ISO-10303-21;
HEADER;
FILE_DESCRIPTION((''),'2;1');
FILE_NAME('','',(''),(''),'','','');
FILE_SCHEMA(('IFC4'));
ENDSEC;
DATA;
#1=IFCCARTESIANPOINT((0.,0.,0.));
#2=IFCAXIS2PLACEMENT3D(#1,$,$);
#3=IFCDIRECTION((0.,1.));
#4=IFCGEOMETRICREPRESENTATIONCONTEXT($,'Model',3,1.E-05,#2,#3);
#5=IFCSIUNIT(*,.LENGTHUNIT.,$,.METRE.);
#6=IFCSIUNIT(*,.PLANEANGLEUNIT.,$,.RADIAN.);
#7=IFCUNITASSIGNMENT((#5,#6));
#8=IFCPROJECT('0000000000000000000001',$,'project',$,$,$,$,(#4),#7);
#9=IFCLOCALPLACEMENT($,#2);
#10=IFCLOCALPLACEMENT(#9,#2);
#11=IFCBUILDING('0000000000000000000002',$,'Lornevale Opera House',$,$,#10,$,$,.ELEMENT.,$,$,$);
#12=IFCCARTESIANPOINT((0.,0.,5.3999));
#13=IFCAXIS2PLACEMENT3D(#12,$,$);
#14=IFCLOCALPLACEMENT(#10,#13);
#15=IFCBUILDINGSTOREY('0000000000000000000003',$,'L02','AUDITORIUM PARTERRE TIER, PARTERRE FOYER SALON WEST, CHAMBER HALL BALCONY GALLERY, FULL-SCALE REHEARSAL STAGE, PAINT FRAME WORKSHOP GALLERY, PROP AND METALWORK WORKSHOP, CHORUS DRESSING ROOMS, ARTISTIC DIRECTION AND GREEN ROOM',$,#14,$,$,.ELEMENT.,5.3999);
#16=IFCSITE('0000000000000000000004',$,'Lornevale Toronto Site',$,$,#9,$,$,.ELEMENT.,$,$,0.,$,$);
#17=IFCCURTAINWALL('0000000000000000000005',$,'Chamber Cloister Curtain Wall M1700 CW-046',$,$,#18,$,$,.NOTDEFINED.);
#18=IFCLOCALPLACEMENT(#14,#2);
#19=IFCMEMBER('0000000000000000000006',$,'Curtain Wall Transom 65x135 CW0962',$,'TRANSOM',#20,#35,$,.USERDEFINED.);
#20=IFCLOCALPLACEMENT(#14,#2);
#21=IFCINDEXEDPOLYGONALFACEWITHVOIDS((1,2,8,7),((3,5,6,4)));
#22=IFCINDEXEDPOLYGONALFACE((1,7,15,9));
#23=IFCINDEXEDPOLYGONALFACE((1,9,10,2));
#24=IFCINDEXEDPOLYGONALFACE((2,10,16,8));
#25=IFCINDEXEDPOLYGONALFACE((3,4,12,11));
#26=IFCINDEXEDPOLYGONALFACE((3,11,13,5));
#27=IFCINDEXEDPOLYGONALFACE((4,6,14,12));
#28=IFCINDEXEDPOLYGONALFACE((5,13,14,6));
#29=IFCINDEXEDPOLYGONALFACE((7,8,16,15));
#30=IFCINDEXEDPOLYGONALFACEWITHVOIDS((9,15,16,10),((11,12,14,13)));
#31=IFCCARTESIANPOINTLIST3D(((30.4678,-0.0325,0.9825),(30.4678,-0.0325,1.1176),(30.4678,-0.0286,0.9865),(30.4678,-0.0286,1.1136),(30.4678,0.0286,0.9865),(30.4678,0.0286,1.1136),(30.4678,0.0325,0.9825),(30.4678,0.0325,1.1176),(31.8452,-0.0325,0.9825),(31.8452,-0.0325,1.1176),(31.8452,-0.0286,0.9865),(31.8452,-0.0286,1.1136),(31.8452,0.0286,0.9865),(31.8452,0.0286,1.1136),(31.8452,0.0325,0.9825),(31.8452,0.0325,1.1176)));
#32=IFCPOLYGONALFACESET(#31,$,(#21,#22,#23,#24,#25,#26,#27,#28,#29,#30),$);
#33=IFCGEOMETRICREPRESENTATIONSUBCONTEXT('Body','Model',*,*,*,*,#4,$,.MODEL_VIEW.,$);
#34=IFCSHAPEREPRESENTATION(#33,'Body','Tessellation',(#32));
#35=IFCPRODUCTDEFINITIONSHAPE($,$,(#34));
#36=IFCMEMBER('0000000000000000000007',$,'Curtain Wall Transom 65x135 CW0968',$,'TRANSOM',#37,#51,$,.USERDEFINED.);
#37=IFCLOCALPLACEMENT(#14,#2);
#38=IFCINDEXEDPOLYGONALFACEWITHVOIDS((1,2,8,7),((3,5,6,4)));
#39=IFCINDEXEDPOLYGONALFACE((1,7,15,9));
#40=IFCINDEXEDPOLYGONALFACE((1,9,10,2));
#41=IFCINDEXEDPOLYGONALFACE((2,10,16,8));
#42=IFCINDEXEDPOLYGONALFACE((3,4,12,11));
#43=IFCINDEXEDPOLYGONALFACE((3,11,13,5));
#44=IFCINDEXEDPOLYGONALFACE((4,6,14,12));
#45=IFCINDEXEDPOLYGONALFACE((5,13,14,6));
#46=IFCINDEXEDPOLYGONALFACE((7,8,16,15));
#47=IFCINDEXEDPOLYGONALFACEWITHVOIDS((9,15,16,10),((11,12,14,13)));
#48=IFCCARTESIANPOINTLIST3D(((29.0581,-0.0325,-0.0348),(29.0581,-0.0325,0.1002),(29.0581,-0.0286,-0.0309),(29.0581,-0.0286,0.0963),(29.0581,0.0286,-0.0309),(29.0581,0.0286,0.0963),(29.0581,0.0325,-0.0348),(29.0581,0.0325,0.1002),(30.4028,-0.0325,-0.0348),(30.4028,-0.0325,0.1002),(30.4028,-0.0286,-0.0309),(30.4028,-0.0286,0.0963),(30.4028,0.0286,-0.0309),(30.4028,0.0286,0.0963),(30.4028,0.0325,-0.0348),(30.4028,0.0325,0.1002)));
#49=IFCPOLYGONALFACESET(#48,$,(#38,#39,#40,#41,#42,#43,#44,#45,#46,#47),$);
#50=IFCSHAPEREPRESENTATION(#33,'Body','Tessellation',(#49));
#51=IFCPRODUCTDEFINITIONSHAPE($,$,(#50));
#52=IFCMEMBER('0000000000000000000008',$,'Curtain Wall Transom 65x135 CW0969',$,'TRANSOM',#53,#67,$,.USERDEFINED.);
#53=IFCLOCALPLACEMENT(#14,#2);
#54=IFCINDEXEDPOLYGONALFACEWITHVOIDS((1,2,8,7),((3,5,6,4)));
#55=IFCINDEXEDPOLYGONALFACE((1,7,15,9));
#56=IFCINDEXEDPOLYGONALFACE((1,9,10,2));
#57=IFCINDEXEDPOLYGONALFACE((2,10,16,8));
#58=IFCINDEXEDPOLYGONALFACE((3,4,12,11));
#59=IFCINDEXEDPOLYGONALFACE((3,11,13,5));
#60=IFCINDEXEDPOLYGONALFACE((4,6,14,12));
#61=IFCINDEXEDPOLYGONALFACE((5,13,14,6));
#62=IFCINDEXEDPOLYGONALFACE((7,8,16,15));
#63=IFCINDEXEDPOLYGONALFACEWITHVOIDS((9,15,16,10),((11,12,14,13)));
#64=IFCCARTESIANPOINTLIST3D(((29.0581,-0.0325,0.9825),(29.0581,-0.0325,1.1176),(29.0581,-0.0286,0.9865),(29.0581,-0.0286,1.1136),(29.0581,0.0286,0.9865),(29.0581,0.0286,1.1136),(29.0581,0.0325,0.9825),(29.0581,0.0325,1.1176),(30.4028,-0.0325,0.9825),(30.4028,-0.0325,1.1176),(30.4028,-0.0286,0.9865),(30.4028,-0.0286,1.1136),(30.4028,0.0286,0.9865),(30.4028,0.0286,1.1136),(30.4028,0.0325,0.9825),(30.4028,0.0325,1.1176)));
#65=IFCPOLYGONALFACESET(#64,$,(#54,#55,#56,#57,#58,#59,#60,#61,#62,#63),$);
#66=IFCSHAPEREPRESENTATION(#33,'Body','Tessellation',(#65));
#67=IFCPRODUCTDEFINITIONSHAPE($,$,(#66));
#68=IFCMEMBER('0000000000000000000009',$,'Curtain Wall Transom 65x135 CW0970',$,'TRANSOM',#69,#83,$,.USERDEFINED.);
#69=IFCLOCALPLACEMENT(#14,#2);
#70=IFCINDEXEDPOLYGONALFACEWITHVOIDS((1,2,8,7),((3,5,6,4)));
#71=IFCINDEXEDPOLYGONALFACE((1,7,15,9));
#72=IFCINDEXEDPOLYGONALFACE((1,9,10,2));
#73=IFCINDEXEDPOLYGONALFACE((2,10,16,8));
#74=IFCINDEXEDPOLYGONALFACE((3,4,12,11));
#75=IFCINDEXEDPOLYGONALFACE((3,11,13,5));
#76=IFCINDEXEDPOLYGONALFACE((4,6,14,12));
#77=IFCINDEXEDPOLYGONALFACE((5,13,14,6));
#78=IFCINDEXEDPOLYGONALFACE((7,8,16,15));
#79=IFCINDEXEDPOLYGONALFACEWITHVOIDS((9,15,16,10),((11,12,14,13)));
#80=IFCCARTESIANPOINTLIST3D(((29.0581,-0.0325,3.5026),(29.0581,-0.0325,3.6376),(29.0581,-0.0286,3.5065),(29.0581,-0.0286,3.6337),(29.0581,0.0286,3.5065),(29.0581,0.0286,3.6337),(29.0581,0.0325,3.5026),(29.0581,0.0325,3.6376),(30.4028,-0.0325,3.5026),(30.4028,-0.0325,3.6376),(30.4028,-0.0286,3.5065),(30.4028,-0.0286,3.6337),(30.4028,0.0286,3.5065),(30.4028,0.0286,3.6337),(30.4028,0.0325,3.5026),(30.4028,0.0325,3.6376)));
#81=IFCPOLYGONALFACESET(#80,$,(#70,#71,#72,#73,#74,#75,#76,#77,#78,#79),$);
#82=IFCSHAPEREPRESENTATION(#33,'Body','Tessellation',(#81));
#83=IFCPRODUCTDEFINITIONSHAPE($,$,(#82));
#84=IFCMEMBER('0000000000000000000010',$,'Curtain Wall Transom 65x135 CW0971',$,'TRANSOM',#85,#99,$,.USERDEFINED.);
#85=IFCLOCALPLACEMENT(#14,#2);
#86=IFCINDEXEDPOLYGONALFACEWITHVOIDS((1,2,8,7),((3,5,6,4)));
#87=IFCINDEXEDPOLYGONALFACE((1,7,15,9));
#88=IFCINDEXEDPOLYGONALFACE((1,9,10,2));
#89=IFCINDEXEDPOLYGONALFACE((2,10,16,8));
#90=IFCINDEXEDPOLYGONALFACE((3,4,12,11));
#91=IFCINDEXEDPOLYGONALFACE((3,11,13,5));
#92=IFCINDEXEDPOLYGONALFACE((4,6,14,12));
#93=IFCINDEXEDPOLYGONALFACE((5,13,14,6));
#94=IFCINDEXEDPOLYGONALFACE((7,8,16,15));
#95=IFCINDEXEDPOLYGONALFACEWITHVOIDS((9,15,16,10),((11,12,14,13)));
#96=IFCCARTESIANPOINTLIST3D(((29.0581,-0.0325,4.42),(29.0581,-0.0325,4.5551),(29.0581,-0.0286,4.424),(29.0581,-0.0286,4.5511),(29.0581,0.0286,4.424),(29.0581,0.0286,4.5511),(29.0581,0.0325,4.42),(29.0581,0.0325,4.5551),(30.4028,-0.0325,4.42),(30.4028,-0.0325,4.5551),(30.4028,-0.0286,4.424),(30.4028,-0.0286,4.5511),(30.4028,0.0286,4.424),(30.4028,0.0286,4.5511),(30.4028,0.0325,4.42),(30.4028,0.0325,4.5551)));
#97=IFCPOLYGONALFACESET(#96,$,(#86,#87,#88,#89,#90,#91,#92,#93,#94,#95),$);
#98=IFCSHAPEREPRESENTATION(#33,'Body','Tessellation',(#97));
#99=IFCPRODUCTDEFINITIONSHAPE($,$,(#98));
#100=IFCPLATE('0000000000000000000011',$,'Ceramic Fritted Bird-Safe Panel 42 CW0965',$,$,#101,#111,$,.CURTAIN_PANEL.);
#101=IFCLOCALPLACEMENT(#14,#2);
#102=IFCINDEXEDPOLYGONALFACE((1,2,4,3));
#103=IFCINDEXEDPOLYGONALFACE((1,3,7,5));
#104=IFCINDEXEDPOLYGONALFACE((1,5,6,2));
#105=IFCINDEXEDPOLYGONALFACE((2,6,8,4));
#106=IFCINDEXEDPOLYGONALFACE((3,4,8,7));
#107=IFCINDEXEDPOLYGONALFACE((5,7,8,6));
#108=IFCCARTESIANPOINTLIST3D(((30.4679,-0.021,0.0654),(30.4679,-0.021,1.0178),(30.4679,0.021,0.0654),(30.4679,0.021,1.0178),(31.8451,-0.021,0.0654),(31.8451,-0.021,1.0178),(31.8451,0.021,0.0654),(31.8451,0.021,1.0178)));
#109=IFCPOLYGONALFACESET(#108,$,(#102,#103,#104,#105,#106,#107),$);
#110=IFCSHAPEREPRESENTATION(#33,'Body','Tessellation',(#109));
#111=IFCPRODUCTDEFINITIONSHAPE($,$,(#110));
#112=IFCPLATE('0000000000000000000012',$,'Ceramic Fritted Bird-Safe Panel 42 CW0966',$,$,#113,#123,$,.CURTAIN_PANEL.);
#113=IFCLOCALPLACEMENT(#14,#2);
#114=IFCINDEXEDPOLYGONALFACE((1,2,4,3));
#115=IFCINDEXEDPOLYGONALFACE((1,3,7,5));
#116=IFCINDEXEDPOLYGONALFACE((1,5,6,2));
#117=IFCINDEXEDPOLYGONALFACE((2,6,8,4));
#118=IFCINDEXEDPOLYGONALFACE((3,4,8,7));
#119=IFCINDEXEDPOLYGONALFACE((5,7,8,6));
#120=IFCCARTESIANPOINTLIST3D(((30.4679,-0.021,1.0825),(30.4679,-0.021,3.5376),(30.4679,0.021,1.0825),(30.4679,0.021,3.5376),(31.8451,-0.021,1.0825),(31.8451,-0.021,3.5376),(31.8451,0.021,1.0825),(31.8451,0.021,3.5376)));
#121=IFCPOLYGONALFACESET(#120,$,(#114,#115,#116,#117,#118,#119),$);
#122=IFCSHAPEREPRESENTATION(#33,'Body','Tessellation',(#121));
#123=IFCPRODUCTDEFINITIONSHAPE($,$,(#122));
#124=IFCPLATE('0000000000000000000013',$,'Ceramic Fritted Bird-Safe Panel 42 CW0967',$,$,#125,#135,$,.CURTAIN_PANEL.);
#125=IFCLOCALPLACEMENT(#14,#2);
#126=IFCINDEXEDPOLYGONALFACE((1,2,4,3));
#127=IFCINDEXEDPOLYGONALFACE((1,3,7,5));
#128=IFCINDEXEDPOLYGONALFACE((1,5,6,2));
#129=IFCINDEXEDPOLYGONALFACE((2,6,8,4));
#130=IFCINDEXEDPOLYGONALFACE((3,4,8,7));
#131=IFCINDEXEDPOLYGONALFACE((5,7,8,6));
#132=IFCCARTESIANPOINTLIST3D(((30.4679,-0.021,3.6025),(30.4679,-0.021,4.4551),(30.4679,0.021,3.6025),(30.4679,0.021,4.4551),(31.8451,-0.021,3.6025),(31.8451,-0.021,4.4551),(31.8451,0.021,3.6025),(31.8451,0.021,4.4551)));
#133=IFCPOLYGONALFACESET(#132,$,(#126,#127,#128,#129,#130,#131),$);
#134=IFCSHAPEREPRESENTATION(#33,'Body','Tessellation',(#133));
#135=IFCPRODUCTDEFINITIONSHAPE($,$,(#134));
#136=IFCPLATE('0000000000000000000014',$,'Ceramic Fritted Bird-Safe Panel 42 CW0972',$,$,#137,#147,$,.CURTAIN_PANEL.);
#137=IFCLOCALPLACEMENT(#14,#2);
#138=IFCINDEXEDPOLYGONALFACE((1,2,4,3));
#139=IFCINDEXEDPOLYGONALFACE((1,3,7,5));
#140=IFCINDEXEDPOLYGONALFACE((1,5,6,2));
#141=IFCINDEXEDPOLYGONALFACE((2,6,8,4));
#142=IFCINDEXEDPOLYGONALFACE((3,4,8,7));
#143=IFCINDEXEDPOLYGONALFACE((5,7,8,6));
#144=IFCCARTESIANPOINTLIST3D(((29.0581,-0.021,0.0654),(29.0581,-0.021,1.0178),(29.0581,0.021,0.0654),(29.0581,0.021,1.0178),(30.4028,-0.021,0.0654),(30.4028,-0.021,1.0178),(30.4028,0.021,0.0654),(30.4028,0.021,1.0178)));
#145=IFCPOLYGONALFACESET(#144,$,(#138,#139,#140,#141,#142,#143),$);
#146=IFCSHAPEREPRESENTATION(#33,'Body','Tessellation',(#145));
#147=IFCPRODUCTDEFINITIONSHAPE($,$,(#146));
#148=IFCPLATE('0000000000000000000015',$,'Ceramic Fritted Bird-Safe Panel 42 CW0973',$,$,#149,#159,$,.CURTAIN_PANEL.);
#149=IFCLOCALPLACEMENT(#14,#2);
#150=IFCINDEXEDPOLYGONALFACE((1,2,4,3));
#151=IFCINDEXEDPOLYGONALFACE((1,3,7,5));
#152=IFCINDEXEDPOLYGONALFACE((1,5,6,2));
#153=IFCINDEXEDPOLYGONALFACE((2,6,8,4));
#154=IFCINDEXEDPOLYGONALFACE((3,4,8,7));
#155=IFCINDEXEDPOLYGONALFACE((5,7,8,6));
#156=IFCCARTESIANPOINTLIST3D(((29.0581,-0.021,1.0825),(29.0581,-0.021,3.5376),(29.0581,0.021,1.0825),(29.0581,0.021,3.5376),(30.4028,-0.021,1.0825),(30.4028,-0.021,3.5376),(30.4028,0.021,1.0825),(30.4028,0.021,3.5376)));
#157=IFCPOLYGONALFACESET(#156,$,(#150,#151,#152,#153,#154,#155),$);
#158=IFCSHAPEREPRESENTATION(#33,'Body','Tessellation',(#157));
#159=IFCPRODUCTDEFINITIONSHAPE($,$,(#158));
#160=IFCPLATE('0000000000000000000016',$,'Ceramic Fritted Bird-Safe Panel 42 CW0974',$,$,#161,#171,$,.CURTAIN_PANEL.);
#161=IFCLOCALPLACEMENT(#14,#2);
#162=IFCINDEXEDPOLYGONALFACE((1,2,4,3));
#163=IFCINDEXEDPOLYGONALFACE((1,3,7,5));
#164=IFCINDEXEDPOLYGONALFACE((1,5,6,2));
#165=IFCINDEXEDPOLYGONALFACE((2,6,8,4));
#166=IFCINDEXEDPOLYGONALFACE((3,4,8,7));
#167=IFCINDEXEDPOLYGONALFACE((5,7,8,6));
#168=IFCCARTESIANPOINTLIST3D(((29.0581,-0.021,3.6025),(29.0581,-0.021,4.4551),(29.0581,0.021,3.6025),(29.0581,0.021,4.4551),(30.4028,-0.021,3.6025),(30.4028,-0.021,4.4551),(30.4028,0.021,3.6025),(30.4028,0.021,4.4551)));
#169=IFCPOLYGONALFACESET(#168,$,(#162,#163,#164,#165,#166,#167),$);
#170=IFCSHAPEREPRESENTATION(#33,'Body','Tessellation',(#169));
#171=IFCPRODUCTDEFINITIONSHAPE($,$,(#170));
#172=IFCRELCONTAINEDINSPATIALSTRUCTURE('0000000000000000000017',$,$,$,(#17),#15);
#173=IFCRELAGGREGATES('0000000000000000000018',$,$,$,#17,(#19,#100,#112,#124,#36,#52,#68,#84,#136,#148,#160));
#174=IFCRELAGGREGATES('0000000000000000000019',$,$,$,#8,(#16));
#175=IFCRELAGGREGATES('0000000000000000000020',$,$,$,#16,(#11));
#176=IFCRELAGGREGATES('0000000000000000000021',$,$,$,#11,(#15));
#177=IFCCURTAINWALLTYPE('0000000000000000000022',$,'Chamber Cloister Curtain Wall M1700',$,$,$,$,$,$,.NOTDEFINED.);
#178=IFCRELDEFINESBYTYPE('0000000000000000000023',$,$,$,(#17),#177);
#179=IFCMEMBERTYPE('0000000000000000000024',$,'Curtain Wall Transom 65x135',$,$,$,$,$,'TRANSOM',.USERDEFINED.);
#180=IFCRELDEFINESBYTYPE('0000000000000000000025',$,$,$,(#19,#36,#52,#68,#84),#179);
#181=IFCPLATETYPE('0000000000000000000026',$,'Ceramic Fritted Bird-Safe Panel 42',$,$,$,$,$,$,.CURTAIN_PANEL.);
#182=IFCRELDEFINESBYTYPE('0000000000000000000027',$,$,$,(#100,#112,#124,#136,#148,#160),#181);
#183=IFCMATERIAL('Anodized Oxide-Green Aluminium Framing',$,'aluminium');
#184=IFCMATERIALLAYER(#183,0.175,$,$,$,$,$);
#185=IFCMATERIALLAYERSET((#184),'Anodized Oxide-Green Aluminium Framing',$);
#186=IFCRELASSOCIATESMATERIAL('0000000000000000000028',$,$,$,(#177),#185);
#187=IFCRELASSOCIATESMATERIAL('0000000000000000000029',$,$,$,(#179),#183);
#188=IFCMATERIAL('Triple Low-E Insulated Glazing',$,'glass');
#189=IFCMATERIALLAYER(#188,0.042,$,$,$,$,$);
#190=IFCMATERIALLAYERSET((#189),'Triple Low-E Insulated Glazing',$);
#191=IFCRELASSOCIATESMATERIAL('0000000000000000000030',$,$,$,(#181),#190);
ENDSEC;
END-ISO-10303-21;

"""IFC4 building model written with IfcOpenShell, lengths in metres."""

from ifc_helpers import new_model, si_unit, direction, frame, origin, origin_2d, place, context, subcontext, project, spatial, rectangle, hollow_rectangle, extrude, material, layer, layer_set, material_profile, profile_set, type_object, element, aggregate, save


model = new_model("IFC4")

# Units and contexts
model_context = context("Model", 3, precision=1e-05, world=origin(), true_north=direction((0.0, 1.0)))
body_context = subcontext(model_context, "Body", "Model", "MODEL_VIEW")
ifc_project = project(units=[si_unit("LENGTHUNIT", "METRE"), si_unit("PLANEANGLEUNIT", "RADIAN")], contexts=[model_context])

# Site, building, storey
site_placement = place(None, origin())
site = spatial("IfcSite", under=ifc_project, at=site_placement, Name="Lornevale Toronto Site", CompositionType="ELEMENT", RefElevation=0.0)
building_placement = place(site_placement, origin())
building = spatial("IfcBuilding", under=site, at=building_placement, Name="Lornevale Opera House", CompositionType="ELEMENT")
storey_placement = place(building_placement, frame((0.0, 0.0, 5.3999)))
storey = spatial("IfcBuildingStorey", under=building, at=storey_placement, Name="L02", Description="AUDITORIUM PARTERRE TIER, PARTERRE FOYER SALON WEST, CHAMBER HALL BALCONY GALLERY, FULL-SCALE REHEARSAL STAGE, PAINT FRAME WORKSHOP GALLERY, PROP AND METALWORK WORKSHOP, CHORUS DRESSING ROOMS, ARTISTIC DIRECTION AND GREEN ROOM", CompositionType="ELEMENT", Elevation=5.3999)

# Shared definitions
ifc_material_1 = material(Name="Anodized Oxide-Green Aluminium Framing", Category="aluminium")
ifc_layer_1 = layer(ifc_material_1, 0.175)
ifc_layer_set_1 = layer_set([ifc_layer_1], Name="Anodized Oxide-Green Aluminium Framing")
curtain_wall_type = type_object("IfcCurtainWallType", Name="Chamber Cloister Curtain Wall M1700", PredefinedType="NOTDEFINED", material=ifc_layer_set_1)

# Curtain wall
curtain_wall_1_placement = place(storey_placement, origin())
curtain_wall_1 = element("IfcCurtainWall", 1, at=curtain_wall_1_placement, inside=storey, type_object=curtain_wall_type, Name="Chamber Cloister Curtain Wall M1700 CW-046", PredefinedType="NOTDEFINED")

# Members
ifc_material_profile_1 = material_profile(ifc_material_1, hollow_rectangle(XDim=0.0649, YDim=0.135, WallThickness=0.0039, at=origin_2d()), Name="ALU65x135x4")
ifc_profile_set_1 = profile_set([ifc_material_profile_1], Name="Anodized Oxide-Green Aluminium Framing")
member_type_1 = type_object("IfcMemberType", Name="Curtain Wall Transom 65x135", ElementType="TRANSOM", PredefinedType="USERDEFINED", material=ifc_profile_set_1)
member_1_placement = place(storey_placement, frame((31.8452, 0.0, 1.05), z_axis=(-1.0, 0.0, 0.0), x_axis=(0.0, -1.0, 0.0)))
member_1 = element("IfcMember", 2, at=member_1_placement, type_object=member_type_1, Name="Curtain Wall Transom 65x135 CW0962", ObjectType="TRANSOM", PredefinedType="USERDEFINED", context=body_context, shape_type="SweptSolid", body=[
    extrude(hollow_rectangle(XDim=0.0649, YDim=0.135, WallThickness=0.0039, at=origin_2d()), origin(), (0.0, 0.0, 1.0), 1.3774),
])
member_2_placement = place(storey_placement, frame((30.4028, 0.0, 0.0327), z_axis=(-1.0, 0.0, 0.0), x_axis=(0.0, -1.0, 0.0)))
member_2 = element("IfcMember", 3, at=member_2_placement, type_object=member_type_1, Name="Curtain Wall Transom 65x135 CW0968", ObjectType="TRANSOM", PredefinedType="USERDEFINED", context=body_context, shape_type="SweptSolid", body=[
    extrude(hollow_rectangle(XDim=0.0649, YDim=0.135, WallThickness=0.0039, at=origin_2d()), origin(), (0.0, 0.0, 1.0), 1.3447),
])
member_3_placement = place(storey_placement, frame((30.4028, 0.0, 1.05), z_axis=(-1.0, 0.0, 0.0), x_axis=(0.0, -1.0, 0.0)))
member_3 = element("IfcMember", 4, at=member_3_placement, type_object=member_type_1, Name="Curtain Wall Transom 65x135 CW0969", ObjectType="TRANSOM", PredefinedType="USERDEFINED", context=body_context, shape_type="SweptSolid", body=[
    extrude(hollow_rectangle(XDim=0.0649, YDim=0.135, WallThickness=0.0039, at=origin_2d()), origin(), (0.0, 0.0, 1.0), 1.3447),
])
member_4_placement = place(storey_placement, frame((30.4028, 0.0, 3.5701), z_axis=(-1.0, 0.0, 0.0), x_axis=(0.0, -1.0, 0.0)))
member_4 = element("IfcMember", 5, at=member_4_placement, type_object=member_type_1, Name="Curtain Wall Transom 65x135 CW0970", ObjectType="TRANSOM", PredefinedType="USERDEFINED", context=body_context, shape_type="SweptSolid", body=[
    extrude(hollow_rectangle(XDim=0.0649, YDim=0.135, WallThickness=0.0039, at=origin_2d()), origin(), (0.0, 0.0, 1.0), 1.3447),
])
member_5_placement = place(storey_placement, frame((30.4028, 0.0, 4.4875), z_axis=(-1.0, 0.0, 0.0), x_axis=(0.0, -1.0, 0.0)))
member_5 = element("IfcMember", 6, at=member_5_placement, type_object=member_type_1, Name="Curtain Wall Transom 65x135 CW0971", ObjectType="TRANSOM", PredefinedType="USERDEFINED", context=body_context, shape_type="SweptSolid", body=[
    extrude(hollow_rectangle(XDim=0.0649, YDim=0.135, WallThickness=0.0039, at=origin_2d()), origin(), (0.0, 0.0, 1.0), 1.3447),
])

# Plates
ifc_material_2 = material(Name="Triple Low-E Insulated Glazing", Category="glass")
ifc_layer_2 = layer(ifc_material_2, 0.042)
ifc_layer_set_2 = layer_set([ifc_layer_2], Name="Triple Low-E Insulated Glazing")
plate_type = type_object("IfcPlateType", Name="Ceramic Fritted Bird-Safe Panel 42", PredefinedType="CURTAIN_PANEL", material=ifc_layer_set_2)
plate_1_placement = place(storey_placement, frame((31.1565, 0.0, 0.0654), z_axis=(0.0, 0.0, 1.0), x_axis=(-1.0, 0.0, 0.0)))
plate_1 = element("IfcPlate", 7, at=plate_1_placement, type_object=plate_type, Name="Ceramic Fritted Bird-Safe Panel 42 CW0965", PredefinedType="CURTAIN_PANEL", context=body_context, shape_type="SweptSolid", body=[
    extrude(rectangle(XDim=1.3772, YDim=0.042, at=origin_2d()), origin(), (0.0, 0.0, 1.0), 0.9524),
])
plate_2_placement = place(storey_placement, frame((31.1565, 0.0, 1.0825), z_axis=(0.0, 0.0, 1.0), x_axis=(-1.0, 0.0, 0.0)))
plate_2 = element("IfcPlate", 8, at=plate_2_placement, type_object=plate_type, Name="Ceramic Fritted Bird-Safe Panel 42 CW0966", PredefinedType="CURTAIN_PANEL", context=body_context, shape_type="SweptSolid", body=[
    extrude(rectangle(XDim=1.3772, YDim=0.042, at=origin_2d()), origin(), (0.0, 0.0, 1.0), 2.4551),
])
plate_3_placement = place(storey_placement, frame((31.1565, 0.0, 3.6025), z_axis=(0.0, 0.0, 1.0), x_axis=(-1.0, 0.0, 0.0)))
plate_3 = element("IfcPlate", 9, at=plate_3_placement, type_object=plate_type, Name="Ceramic Fritted Bird-Safe Panel 42 CW0967", PredefinedType="CURTAIN_PANEL", context=body_context, shape_type="SweptSolid", body=[
    extrude(rectangle(XDim=1.3772, YDim=0.042, at=origin_2d()), origin(), (0.0, 0.0, 1.0), 0.8525),
])
plate_4_placement = place(storey_placement, frame((29.7305, 0.0, 0.0654), z_axis=(0.0, 0.0, 1.0), x_axis=(-1.0, 0.0, 0.0)))
plate_4 = element("IfcPlate", 10, at=plate_4_placement, type_object=plate_type, Name="Ceramic Fritted Bird-Safe Panel 42 CW0972", PredefinedType="CURTAIN_PANEL", context=body_context, shape_type="SweptSolid", body=[
    extrude(rectangle(XDim=1.3447, YDim=0.042, at=origin_2d()), origin(), (0.0, 0.0, 1.0), 0.9524),
])
plate_5_placement = place(storey_placement, frame((29.7305, 0.0, 1.0825), z_axis=(0.0, 0.0, 1.0), x_axis=(-1.0, 0.0, 0.0)))
plate_5 = element("IfcPlate", 11, at=plate_5_placement, type_object=plate_type, Name="Ceramic Fritted Bird-Safe Panel 42 CW0973", PredefinedType="CURTAIN_PANEL", context=body_context, shape_type="SweptSolid", body=[
    extrude(rectangle(XDim=1.3447, YDim=0.042, at=origin_2d()), origin(), (0.0, 0.0, 1.0), 2.4551),
])
plate_6_placement = place(storey_placement, frame((29.7305, 0.0, 3.6025), z_axis=(0.0, 0.0, 1.0), x_axis=(-1.0, 0.0, 0.0)))
plate_6 = element("IfcPlate", 12, at=plate_6_placement, type_object=plate_type, Name="Ceramic Fritted Bird-Safe Panel 42 CW0974", PredefinedType="CURTAIN_PANEL", context=body_context, shape_type="SweptSolid", body=[
    extrude(rectangle(XDim=1.3447, YDim=0.042, at=origin_2d()), origin(), (0.0, 0.0, 1.0), 0.8525),
])
aggregate(curtain_wall_1, [member_1, plate_1, plate_2, plate_3, member_2, member_3, member_4, member_5, plate_4, plate_5, plate_6])

save(model, "model.ifc")
